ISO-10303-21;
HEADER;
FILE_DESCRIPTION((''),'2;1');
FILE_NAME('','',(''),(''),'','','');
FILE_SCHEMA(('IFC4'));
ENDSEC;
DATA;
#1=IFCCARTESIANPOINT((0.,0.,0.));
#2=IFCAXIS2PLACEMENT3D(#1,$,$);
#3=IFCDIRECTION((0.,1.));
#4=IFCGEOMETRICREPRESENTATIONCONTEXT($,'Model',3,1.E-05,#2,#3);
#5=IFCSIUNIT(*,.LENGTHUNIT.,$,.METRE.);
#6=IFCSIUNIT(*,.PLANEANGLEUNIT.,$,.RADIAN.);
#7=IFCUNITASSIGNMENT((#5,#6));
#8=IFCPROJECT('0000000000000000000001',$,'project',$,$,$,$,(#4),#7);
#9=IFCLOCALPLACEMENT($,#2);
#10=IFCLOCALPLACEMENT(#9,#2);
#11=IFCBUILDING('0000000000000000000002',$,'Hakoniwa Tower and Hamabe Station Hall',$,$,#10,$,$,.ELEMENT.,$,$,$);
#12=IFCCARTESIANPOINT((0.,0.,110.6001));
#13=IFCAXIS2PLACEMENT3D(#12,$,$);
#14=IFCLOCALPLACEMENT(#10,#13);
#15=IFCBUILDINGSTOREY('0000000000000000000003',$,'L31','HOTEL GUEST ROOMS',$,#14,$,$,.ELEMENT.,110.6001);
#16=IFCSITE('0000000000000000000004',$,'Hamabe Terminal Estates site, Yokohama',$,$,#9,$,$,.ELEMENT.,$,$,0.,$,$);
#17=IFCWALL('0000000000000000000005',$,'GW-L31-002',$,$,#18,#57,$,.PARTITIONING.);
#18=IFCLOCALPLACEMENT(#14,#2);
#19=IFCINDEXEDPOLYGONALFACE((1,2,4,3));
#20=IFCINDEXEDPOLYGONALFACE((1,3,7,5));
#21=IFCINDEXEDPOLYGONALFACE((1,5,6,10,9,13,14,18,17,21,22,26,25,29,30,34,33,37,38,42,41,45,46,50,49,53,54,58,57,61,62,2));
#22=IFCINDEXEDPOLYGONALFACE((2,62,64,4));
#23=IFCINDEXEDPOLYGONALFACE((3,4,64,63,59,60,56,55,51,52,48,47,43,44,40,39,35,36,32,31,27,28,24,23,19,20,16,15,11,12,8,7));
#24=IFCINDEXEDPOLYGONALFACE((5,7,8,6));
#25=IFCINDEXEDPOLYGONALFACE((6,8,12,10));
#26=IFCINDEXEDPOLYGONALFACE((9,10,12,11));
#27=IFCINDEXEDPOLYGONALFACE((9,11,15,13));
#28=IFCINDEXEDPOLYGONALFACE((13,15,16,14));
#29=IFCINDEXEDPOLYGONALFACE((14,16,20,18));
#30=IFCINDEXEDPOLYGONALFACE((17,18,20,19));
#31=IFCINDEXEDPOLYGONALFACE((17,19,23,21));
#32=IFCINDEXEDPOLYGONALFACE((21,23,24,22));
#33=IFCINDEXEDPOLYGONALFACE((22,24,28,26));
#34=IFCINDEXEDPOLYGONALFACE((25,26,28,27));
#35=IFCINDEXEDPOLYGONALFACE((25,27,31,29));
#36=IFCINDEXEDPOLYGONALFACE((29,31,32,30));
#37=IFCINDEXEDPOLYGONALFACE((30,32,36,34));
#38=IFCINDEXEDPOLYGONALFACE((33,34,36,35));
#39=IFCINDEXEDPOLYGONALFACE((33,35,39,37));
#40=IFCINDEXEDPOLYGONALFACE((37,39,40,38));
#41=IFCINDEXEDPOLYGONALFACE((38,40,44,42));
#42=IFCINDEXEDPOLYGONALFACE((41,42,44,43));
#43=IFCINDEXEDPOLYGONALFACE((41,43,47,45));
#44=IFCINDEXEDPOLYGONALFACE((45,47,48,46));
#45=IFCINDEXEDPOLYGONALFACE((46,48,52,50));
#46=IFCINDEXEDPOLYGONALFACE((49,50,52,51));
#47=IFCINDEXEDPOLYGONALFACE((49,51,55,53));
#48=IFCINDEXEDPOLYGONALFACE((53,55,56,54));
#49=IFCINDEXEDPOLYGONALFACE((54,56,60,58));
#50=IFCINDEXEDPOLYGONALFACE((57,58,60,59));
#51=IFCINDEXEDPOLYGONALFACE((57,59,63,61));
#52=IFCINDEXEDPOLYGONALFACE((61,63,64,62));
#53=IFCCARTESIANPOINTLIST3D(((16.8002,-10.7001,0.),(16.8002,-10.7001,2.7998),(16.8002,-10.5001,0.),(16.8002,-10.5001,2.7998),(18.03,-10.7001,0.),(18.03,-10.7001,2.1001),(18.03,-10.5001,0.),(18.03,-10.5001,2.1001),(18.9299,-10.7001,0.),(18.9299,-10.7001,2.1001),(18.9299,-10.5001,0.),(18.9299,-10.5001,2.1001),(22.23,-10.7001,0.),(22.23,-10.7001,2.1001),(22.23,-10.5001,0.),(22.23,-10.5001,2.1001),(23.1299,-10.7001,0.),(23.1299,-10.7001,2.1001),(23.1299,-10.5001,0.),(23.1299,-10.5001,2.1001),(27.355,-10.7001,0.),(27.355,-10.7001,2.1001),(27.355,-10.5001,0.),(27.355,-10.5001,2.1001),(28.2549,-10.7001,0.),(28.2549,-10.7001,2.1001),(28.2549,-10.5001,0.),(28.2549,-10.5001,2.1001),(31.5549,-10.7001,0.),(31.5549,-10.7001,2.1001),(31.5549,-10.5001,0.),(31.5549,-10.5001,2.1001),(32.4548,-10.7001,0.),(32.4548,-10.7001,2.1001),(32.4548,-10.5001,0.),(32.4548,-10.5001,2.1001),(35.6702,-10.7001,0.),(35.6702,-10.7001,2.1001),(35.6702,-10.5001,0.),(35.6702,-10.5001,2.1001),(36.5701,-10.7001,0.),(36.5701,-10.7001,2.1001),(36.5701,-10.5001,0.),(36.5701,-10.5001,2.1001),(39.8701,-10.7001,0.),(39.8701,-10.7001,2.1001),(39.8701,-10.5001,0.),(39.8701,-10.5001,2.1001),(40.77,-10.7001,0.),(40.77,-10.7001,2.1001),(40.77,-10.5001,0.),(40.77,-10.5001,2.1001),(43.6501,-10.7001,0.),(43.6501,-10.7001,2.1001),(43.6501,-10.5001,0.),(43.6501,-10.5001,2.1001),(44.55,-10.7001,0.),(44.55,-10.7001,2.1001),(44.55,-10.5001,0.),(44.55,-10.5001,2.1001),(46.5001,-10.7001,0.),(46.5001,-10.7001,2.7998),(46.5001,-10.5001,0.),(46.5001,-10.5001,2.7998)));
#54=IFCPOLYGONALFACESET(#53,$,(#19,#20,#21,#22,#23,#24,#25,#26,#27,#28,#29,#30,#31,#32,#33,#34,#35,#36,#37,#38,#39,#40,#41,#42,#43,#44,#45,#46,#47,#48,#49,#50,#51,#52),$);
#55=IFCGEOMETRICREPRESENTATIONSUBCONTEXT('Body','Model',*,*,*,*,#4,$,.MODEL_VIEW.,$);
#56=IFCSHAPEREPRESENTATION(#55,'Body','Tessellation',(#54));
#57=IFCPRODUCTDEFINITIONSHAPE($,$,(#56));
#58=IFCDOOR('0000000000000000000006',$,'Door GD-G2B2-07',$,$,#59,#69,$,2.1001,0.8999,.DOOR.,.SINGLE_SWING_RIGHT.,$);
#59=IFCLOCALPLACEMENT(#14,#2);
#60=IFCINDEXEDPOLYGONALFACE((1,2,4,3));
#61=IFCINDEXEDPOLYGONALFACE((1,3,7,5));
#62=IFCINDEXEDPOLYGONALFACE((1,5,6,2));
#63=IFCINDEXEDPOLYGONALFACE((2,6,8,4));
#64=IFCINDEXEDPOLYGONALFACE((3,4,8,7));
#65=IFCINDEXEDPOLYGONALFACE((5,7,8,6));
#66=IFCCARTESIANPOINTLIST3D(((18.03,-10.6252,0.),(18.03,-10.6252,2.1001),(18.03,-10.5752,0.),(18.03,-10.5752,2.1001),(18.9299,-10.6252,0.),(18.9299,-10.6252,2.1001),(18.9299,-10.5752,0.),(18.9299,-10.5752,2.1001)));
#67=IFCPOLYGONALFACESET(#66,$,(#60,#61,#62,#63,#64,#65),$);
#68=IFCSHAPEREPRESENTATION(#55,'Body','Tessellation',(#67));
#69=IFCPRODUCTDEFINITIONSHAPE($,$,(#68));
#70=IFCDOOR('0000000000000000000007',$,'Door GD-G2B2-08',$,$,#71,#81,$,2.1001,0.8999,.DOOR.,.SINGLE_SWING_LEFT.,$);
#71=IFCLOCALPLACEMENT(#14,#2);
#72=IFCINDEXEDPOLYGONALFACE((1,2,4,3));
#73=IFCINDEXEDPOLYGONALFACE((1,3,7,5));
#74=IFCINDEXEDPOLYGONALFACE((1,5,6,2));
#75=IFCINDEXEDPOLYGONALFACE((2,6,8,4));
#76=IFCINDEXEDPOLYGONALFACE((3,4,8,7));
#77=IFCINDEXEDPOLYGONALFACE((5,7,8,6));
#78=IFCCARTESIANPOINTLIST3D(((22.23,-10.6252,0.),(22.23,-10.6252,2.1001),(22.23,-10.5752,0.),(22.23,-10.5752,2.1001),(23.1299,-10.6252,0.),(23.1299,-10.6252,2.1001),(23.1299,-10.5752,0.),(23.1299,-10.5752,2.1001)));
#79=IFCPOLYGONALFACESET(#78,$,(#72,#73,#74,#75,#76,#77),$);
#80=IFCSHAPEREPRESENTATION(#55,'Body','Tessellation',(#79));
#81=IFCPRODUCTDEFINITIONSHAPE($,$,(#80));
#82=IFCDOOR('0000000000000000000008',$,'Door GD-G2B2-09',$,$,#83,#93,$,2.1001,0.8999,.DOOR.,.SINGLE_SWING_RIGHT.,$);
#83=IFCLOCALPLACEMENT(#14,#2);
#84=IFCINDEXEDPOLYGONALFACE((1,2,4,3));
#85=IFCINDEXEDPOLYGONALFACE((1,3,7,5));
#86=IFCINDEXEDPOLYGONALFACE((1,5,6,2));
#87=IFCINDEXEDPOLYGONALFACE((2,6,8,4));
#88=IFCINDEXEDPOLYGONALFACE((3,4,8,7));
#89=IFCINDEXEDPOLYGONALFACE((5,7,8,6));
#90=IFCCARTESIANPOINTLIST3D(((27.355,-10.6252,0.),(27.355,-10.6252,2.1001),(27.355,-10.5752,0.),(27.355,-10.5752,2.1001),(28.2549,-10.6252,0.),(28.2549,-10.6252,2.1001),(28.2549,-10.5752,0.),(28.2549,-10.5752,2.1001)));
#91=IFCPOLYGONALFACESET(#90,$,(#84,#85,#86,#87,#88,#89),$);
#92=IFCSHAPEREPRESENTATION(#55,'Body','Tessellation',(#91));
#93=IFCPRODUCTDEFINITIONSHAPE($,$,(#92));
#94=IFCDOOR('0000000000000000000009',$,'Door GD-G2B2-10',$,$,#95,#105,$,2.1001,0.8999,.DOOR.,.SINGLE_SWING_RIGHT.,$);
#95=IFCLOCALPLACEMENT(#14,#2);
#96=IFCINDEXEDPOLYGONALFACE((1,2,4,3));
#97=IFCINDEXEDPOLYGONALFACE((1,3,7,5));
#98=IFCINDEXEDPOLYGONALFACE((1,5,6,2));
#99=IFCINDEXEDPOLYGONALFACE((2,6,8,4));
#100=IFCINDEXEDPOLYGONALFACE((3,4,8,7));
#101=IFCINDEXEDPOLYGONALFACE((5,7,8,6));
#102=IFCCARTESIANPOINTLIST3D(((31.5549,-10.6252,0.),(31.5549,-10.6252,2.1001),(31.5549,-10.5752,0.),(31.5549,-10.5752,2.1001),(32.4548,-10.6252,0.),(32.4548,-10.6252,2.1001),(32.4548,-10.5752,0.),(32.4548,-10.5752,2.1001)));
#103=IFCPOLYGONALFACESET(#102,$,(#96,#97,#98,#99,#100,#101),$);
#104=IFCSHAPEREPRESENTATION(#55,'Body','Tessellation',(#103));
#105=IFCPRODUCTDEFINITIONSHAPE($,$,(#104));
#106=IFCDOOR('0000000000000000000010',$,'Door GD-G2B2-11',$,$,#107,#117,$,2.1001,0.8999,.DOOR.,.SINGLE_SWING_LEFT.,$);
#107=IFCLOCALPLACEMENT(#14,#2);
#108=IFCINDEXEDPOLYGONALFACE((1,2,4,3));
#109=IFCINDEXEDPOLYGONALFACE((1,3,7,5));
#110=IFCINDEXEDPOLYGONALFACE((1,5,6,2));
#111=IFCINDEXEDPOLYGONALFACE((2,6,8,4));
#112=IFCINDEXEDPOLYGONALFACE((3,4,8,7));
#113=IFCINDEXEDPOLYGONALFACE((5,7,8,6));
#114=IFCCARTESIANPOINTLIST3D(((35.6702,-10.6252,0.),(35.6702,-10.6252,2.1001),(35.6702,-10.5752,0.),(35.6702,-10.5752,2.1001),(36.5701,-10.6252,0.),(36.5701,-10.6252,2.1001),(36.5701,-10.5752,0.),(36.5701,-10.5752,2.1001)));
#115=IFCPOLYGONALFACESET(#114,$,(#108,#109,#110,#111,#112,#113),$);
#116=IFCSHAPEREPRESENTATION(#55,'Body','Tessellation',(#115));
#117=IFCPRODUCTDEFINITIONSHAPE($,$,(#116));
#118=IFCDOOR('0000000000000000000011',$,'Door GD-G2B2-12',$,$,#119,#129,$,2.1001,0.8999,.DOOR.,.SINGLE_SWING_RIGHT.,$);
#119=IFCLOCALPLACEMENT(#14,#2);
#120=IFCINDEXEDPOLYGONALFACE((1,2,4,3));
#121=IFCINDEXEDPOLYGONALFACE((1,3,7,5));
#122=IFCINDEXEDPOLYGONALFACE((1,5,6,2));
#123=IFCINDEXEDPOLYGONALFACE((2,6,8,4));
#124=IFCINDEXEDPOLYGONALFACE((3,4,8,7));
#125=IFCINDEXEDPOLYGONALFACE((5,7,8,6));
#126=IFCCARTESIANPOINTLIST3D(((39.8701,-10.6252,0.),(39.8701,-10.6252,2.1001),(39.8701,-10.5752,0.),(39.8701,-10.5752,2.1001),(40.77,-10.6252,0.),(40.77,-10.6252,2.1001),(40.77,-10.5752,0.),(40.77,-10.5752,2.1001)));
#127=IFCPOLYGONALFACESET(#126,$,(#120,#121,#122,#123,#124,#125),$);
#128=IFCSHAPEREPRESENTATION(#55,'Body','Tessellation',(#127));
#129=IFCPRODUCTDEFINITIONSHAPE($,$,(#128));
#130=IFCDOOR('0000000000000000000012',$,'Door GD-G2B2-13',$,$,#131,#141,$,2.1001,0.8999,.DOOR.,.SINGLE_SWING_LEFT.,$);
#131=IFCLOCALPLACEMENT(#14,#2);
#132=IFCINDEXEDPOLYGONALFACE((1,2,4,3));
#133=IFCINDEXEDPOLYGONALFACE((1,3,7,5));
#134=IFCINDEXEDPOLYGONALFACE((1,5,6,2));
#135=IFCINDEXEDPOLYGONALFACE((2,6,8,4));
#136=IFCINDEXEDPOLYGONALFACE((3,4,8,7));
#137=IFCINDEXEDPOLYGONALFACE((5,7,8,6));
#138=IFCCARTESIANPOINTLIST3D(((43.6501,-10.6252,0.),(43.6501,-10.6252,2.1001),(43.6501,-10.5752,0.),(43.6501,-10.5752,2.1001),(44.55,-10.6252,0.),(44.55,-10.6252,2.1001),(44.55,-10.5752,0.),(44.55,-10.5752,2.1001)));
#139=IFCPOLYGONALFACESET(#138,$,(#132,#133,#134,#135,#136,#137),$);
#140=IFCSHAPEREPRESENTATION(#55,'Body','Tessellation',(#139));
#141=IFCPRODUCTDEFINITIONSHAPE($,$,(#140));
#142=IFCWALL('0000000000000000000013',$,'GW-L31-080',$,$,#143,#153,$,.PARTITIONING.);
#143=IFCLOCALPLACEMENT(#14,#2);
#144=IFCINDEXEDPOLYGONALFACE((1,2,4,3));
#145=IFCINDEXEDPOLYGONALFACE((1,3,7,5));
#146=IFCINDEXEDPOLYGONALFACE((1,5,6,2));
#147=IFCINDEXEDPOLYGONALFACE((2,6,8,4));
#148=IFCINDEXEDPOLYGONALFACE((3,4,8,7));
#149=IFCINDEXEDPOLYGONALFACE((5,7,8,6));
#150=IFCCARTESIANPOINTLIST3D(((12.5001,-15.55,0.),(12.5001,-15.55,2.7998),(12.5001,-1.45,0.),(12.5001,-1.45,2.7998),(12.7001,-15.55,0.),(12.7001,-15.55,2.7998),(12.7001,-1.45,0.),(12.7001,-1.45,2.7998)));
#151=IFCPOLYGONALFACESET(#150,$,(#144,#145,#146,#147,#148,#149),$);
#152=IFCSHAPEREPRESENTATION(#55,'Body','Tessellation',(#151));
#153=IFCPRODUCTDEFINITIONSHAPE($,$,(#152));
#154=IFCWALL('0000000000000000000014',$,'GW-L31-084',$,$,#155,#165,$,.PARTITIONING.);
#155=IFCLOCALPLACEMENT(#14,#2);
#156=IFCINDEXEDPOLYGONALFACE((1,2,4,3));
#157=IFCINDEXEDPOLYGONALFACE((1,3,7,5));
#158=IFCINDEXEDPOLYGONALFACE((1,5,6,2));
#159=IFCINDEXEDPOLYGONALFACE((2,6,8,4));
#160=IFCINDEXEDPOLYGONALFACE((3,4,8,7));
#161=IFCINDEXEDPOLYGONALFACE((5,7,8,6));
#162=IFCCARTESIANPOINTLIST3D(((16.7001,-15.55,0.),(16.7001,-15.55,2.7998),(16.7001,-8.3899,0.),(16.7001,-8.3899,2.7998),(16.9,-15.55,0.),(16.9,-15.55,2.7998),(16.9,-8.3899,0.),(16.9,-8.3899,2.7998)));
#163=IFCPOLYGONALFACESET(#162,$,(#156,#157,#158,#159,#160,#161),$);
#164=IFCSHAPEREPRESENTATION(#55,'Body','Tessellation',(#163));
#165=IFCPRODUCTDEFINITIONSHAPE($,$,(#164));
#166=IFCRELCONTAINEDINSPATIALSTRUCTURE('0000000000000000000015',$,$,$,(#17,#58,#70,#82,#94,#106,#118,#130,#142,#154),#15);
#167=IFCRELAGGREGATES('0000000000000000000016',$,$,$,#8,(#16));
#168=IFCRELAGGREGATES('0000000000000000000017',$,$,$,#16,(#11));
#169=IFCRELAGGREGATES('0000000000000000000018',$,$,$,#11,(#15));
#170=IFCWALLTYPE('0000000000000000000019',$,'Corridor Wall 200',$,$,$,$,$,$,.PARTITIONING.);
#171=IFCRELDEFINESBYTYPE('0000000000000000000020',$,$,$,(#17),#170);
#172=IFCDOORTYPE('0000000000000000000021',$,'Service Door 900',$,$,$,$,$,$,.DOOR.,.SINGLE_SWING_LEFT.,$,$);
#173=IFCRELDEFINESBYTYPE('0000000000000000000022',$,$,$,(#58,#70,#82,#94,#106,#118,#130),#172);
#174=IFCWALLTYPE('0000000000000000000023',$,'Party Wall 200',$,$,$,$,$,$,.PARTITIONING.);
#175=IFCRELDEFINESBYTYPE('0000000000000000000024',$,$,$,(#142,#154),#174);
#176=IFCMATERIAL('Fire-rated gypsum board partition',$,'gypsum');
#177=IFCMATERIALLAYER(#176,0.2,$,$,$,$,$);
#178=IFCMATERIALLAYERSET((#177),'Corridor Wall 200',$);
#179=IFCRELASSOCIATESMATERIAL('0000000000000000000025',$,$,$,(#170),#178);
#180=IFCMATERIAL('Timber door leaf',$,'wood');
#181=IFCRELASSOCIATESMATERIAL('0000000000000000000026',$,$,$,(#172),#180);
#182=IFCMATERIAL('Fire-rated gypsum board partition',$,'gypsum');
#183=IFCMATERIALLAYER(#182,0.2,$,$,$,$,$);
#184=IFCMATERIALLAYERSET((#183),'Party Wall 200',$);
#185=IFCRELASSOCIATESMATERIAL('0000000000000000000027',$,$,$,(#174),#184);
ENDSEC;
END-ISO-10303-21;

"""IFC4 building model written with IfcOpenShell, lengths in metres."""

from ifc_helpers import new_model, si_unit, direction, frame, frame_2d, origin, place, context, subcontext, project, spatial, rectangle, extrude, material, layer, layer_set, type_object, element, fill, save


model = new_model("IFC4")

# Units and contexts
model_context = context("Model", 3, precision=1e-05, world=origin(), true_north=direction((0.0, 1.0)))
body_context = subcontext(model_context, "Body", "Model", "MODEL_VIEW")
ifc_project = project(units=[si_unit("LENGTHUNIT", "METRE"), si_unit("PLANEANGLEUNIT", "RADIAN")], contexts=[model_context])

# Site, building, storey
site_placement = place(None, origin())
site = spatial("IfcSite", under=ifc_project, at=site_placement, Name="Hamabe Terminal Estates site, Yokohama", CompositionType="ELEMENT", RefElevation=0.0)
building_placement = place(site_placement, origin())
building = spatial("IfcBuilding", under=site, at=building_placement, Name="Hakoniwa Tower and Hamabe Station Hall", CompositionType="ELEMENT")
storey_placement = place(building_placement, frame((0.0, 0.0, 110.6001)))
storey = spatial("IfcBuildingStorey", under=building, at=storey_placement, Name="L31", Description="HOTEL GUEST ROOMS", CompositionType="ELEMENT", Elevation=110.6001)

# Wall, openings, doors
ifc_material_1 = material(Name="Fire-rated gypsum board partition", Category="gypsum")
ifc_layer_1 = layer(ifc_material_1, 0.2)
ifc_layer_set_1 = layer_set([ifc_layer_1], Name="Corridor Wall 200")
wall_type_1 = type_object("IfcWallType", Name="Corridor Wall 200", PredefinedType="PARTITIONING", material=ifc_layer_set_1)
wall_1_placement = place(storey_placement, frame((16.8, -10.6001, 0.0), z_axis=(0.0, 0.0, 1.0), x_axis=(1.0, 0.0, 0.0)))
wall_1 = element("IfcWall", 1, at=wall_1_placement, inside=storey, type_object=wall_type_1, Name="GW-L31-002", PredefinedType="PARTITIONING", context=body_context, shape_type="SweptSolid", body=[
    extrude(rectangle(XDim=29.7, YDim=0.2, at=frame_2d((14.8501, 0.0))), origin(), (0.0, 0.0, 1.0), 2.7998),
])
opening_1_placement = place(wall_1_placement, frame((1.23, 0.0, 0.0)))
opening_1 = element("IfcOpeningElement", 2, at=opening_1_placement, cuts=wall_1, PredefinedType="OPENING", context=body_context, shape_type="SweptSolid", body=[
    extrude(rectangle(XDim=0.8999, YDim=2.1001, at=frame_2d((0.45, 1.05))), frame((0.0, 0.1099, 0.0), z_axis=(0.0, -1.0, 0.0), x_axis=(1.0, 0.0, 0.0)), (0.0, 0.0, 1.0), 0.22),
])
opening_2_placement = place(wall_1_placement, frame((5.4299, 0.0, 0.0)))
opening_2 = element("IfcOpeningElement", 3, at=opening_2_placement, cuts=wall_1, PredefinedType="OPENING", context=body_context, shape_type="SweptSolid", body=[
    extrude(rectangle(XDim=0.8999, YDim=2.1001, at=frame_2d((0.45, 1.05))), frame((0.0, 0.1099, 0.0), z_axis=(0.0, -1.0, 0.0), x_axis=(1.0, 0.0, 0.0)), (0.0, 0.0, 1.0), 0.22),
])
opening_3_placement = place(wall_1_placement, frame((10.5549, 0.0, 0.0)))
opening_3 = element("IfcOpeningElement", 4, at=opening_3_placement, cuts=wall_1, PredefinedType="OPENING", context=body_context, shape_type="SweptSolid", body=[
    extrude(rectangle(XDim=0.8999, YDim=2.1001, at=frame_2d((0.45, 1.05))), frame((0.0, 0.1099, 0.0), z_axis=(0.0, -1.0, 0.0), x_axis=(1.0, 0.0, 0.0)), (0.0, 0.0, 1.0), 0.22),
])
opening_4_placement = place(wall_1_placement, frame((14.7549, 0.0, 0.0)))
opening_4 = element("IfcOpeningElement", 5, at=opening_4_placement, cuts=wall_1, PredefinedType="OPENING", context=body_context, shape_type="SweptSolid", body=[
    extrude(rectangle(XDim=0.8999, YDim=2.1001, at=frame_2d((0.45, 1.05))), frame((0.0, 0.1099, 0.0), z_axis=(0.0, -1.0, 0.0), x_axis=(1.0, 0.0, 0.0)), (0.0, 0.0, 1.0), 0.22),
])
opening_5_placement = place(wall_1_placement, frame((18.8701, 0.0, 0.0)))
opening_5 = element("IfcOpeningElement", 6, at=opening_5_placement, cuts=wall_1, PredefinedType="OPENING", context=body_context, shape_type="SweptSolid", body=[
    extrude(rectangle(XDim=0.8999, YDim=2.1001, at=frame_2d((0.45, 1.05))), frame((0.0, 0.1099, 0.0), z_axis=(0.0, -1.0, 0.0), x_axis=(1.0, 0.0, 0.0)), (0.0, 0.0, 1.0), 0.22),
])
opening_6_placement = place(wall_1_placement, frame((23.0701, 0.0, 0.0)))
opening_6 = element("IfcOpeningElement", 7, at=opening_6_placement, cuts=wall_1, PredefinedType="OPENING", context=body_context, shape_type="SweptSolid", body=[
    extrude(rectangle(XDim=0.8999, YDim=2.1001, at=frame_2d((0.45, 1.05))), frame((0.0, 0.1099, 0.0), z_axis=(0.0, -1.0, 0.0), x_axis=(1.0, 0.0, 0.0)), (0.0, 0.0, 1.0), 0.22),
])
opening_7_placement = place(wall_1_placement, frame((26.8501, 0.0, 0.0)))
opening_7 = element("IfcOpeningElement", 8, at=opening_7_placement, cuts=wall_1, PredefinedType="OPENING", context=body_context, shape_type="SweptSolid", body=[
    extrude(rectangle(XDim=0.8999, YDim=2.1001, at=frame_2d((0.45, 1.05))), frame((0.0, 0.1099, 0.0), z_axis=(0.0, -1.0, 0.0), x_axis=(1.0, 0.0, 0.0)), (0.0, 0.0, 1.0), 0.22),
])
ifc_material_2 = material(Name="Timber door leaf", Category="wood")
door_type_1 = type_object("IfcDoorType", Name="Service Door 900", OperationType="SINGLE_SWING_LEFT", PredefinedType="DOOR", material=ifc_material_2)
door_1_placement = place(opening_1_placement, origin())
door_1 = element("IfcDoor", 9, at=door_1_placement, inside=storey, type_object=door_type_1, Name="Door GD-G2B2-07", OperationType="SINGLE_SWING_RIGHT", OverallHeight=2.1001, OverallWidth=0.8999, PredefinedType="DOOR", context=body_context, shape_type="SweptSolid", body=[
    extrude(rectangle(XDim=0.8999, YDim=2.1001, at=frame_2d((0.45, 1.05))), frame((0.0, 0.0249, 0.0), z_axis=(0.0, -1.0, 0.0), x_axis=(1.0, 0.0, 0.0)), (0.0, 0.0, 1.0), 0.05),
])
fill(opening_1, door_1)
door_2_placement = place(opening_2_placement, origin())
door_2 = element("IfcDoor", 10, at=door_2_placement, inside=storey, type_object=door_type_1, Name="Door GD-G2B2-08", OperationType="SINGLE_SWING_LEFT", OverallHeight=2.1001, OverallWidth=0.8999, PredefinedType="DOOR", context=body_context, shape_type="SweptSolid", body=[
    extrude(rectangle(XDim=0.8999, YDim=2.1001, at=frame_2d((0.45, 1.05))), frame((0.0, 0.0249, 0.0), z_axis=(0.0, -1.0, 0.0), x_axis=(1.0, 0.0, 0.0)), (0.0, 0.0, 1.0), 0.05),
])
fill(opening_2, door_2)
door_3_placement = place(opening_3_placement, origin())
door_3 = element("IfcDoor", 11, at=door_3_placement, inside=storey, type_object=door_type_1, Name="Door GD-G2B2-09", OperationType="SINGLE_SWING_RIGHT", OverallHeight=2.1001, OverallWidth=0.8999, PredefinedType="DOOR", context=body_context, shape_type="SweptSolid", body=[
    extrude(rectangle(XDim=0.8999, YDim=2.1001, at=frame_2d((0.45, 1.05))), frame((0.0, 0.0249, 0.0), z_axis=(0.0, -1.0, 0.0), x_axis=(1.0, 0.0, 0.0)), (0.0, 0.0, 1.0), 0.05),
])
fill(opening_3, door_3)
door_4_placement = place(opening_4_placement, origin())
door_4 = element("IfcDoor", 12, at=door_4_placement, inside=storey, type_object=door_type_1, Name="Door GD-G2B2-10", OperationType="SINGLE_SWING_RIGHT", OverallHeight=2.1001, OverallWidth=0.8999, PredefinedType="DOOR", context=body_context, shape_type="SweptSolid", body=[
    extrude(rectangle(XDim=0.8999, YDim=2.1001, at=frame_2d((0.45, 1.05))), frame((0.0, 0.0249, 0.0), z_axis=(0.0, -1.0, 0.0), x_axis=(1.0, 0.0, 0.0)), (0.0, 0.0, 1.0), 0.05),
])
fill(opening_4, door_4)
door_5_placement = place(opening_5_placement, origin())
door_5 = element("IfcDoor", 13, at=door_5_placement, inside=storey, type_object=door_type_1, Name="Door GD-G2B2-11", OperationType="SINGLE_SWING_LEFT", OverallHeight=2.1001, OverallWidth=0.8999, PredefinedType="DOOR", context=body_context, shape_type="SweptSolid", body=[
    extrude(rectangle(XDim=0.8999, YDim=2.1001, at=frame_2d((0.45, 1.05))), frame((0.0, 0.0249, 0.0), z_axis=(0.0, -1.0, 0.0), x_axis=(1.0, 0.0, 0.0)), (0.0, 0.0, 1.0), 0.05),
])
fill(opening_5, door_5)
door_6_placement = place(opening_6_placement, origin())
door_6 = element("IfcDoor", 14, at=door_6_placement, inside=storey, type_object=door_type_1, Name="Door GD-G2B2-12", OperationType="SINGLE_SWING_RIGHT", OverallHeight=2.1001, OverallWidth=0.8999, PredefinedType="DOOR", context=body_context, shape_type="SweptSolid", body=[
    extrude(rectangle(XDim=0.8999, YDim=2.1001, at=frame_2d((0.45, 1.05))), frame((0.0, 0.0249, 0.0), z_axis=(0.0, -1.0, 0.0), x_axis=(1.0, 0.0, 0.0)), (0.0, 0.0, 1.0), 0.05),
])
fill(opening_6, door_6)
door_7_placement = place(opening_7_placement, origin())
door_7 = element("IfcDoor", 15, at=door_7_placement, inside=storey, type_object=door_type_1, Name="Door GD-G2B2-13", OperationType="SINGLE_SWING_LEFT", OverallHeight=2.1001, OverallWidth=0.8999, PredefinedType="DOOR", context=body_context, shape_type="SweptSolid", body=[
    extrude(rectangle(XDim=0.8999, YDim=2.1001, at=frame_2d((0.45, 1.05))), frame((0.0, 0.0249, 0.0), z_axis=(0.0, -1.0, 0.0), x_axis=(1.0, 0.0, 0.0)), (0.0, 0.0, 1.0), 0.05),
])
fill(opening_7, door_7)

# Walls
ifc_material_3 = material(Name="Fire-rated gypsum board partition", Category="gypsum")
ifc_layer_2 = layer(ifc_material_3, 0.2)
ifc_layer_set_2 = layer_set([ifc_layer_2], Name="Party Wall 200")
wall_type_2 = type_object("IfcWallType", Name="Party Wall 200", PredefinedType="PARTITIONING", material=ifc_layer_set_2)
wall_2_placement = place(storey_placement, frame((12.6001, -15.55, 0.0), z_axis=(0.0, 0.0, 1.0), x_axis=(0.0, 1.0, 0.0)))
element("IfcWall", 16, at=wall_2_placement, inside=storey, type_object=wall_type_2, Name="GW-L31-080", PredefinedType="PARTITIONING", context=body_context, shape_type="SweptSolid", body=[
    extrude(rectangle(XDim=14.1001, YDim=0.2, at=frame_2d((7.05, 0.0))), origin(), (0.0, 0.0, 1.0), 2.7998),
])
wall_3_placement = place(storey_placement, frame((16.8, -15.55, 0.0), z_axis=(0.0, 0.0, 1.0), x_axis=(0.0, 1.0, 0.0)))
element("IfcWall", 17, at=wall_3_placement, inside=storey, type_object=wall_type_2, Name="GW-L31-084", PredefinedType="PARTITIONING", context=body_context, shape_type="SweptSolid", body=[
    extrude(rectangle(XDim=7.1602, YDim=0.2, at=frame_2d((3.5801, 0.0))), origin(), (0.0, 0.0, 1.0), 2.7998),
])

save(model, "model.ifc")
